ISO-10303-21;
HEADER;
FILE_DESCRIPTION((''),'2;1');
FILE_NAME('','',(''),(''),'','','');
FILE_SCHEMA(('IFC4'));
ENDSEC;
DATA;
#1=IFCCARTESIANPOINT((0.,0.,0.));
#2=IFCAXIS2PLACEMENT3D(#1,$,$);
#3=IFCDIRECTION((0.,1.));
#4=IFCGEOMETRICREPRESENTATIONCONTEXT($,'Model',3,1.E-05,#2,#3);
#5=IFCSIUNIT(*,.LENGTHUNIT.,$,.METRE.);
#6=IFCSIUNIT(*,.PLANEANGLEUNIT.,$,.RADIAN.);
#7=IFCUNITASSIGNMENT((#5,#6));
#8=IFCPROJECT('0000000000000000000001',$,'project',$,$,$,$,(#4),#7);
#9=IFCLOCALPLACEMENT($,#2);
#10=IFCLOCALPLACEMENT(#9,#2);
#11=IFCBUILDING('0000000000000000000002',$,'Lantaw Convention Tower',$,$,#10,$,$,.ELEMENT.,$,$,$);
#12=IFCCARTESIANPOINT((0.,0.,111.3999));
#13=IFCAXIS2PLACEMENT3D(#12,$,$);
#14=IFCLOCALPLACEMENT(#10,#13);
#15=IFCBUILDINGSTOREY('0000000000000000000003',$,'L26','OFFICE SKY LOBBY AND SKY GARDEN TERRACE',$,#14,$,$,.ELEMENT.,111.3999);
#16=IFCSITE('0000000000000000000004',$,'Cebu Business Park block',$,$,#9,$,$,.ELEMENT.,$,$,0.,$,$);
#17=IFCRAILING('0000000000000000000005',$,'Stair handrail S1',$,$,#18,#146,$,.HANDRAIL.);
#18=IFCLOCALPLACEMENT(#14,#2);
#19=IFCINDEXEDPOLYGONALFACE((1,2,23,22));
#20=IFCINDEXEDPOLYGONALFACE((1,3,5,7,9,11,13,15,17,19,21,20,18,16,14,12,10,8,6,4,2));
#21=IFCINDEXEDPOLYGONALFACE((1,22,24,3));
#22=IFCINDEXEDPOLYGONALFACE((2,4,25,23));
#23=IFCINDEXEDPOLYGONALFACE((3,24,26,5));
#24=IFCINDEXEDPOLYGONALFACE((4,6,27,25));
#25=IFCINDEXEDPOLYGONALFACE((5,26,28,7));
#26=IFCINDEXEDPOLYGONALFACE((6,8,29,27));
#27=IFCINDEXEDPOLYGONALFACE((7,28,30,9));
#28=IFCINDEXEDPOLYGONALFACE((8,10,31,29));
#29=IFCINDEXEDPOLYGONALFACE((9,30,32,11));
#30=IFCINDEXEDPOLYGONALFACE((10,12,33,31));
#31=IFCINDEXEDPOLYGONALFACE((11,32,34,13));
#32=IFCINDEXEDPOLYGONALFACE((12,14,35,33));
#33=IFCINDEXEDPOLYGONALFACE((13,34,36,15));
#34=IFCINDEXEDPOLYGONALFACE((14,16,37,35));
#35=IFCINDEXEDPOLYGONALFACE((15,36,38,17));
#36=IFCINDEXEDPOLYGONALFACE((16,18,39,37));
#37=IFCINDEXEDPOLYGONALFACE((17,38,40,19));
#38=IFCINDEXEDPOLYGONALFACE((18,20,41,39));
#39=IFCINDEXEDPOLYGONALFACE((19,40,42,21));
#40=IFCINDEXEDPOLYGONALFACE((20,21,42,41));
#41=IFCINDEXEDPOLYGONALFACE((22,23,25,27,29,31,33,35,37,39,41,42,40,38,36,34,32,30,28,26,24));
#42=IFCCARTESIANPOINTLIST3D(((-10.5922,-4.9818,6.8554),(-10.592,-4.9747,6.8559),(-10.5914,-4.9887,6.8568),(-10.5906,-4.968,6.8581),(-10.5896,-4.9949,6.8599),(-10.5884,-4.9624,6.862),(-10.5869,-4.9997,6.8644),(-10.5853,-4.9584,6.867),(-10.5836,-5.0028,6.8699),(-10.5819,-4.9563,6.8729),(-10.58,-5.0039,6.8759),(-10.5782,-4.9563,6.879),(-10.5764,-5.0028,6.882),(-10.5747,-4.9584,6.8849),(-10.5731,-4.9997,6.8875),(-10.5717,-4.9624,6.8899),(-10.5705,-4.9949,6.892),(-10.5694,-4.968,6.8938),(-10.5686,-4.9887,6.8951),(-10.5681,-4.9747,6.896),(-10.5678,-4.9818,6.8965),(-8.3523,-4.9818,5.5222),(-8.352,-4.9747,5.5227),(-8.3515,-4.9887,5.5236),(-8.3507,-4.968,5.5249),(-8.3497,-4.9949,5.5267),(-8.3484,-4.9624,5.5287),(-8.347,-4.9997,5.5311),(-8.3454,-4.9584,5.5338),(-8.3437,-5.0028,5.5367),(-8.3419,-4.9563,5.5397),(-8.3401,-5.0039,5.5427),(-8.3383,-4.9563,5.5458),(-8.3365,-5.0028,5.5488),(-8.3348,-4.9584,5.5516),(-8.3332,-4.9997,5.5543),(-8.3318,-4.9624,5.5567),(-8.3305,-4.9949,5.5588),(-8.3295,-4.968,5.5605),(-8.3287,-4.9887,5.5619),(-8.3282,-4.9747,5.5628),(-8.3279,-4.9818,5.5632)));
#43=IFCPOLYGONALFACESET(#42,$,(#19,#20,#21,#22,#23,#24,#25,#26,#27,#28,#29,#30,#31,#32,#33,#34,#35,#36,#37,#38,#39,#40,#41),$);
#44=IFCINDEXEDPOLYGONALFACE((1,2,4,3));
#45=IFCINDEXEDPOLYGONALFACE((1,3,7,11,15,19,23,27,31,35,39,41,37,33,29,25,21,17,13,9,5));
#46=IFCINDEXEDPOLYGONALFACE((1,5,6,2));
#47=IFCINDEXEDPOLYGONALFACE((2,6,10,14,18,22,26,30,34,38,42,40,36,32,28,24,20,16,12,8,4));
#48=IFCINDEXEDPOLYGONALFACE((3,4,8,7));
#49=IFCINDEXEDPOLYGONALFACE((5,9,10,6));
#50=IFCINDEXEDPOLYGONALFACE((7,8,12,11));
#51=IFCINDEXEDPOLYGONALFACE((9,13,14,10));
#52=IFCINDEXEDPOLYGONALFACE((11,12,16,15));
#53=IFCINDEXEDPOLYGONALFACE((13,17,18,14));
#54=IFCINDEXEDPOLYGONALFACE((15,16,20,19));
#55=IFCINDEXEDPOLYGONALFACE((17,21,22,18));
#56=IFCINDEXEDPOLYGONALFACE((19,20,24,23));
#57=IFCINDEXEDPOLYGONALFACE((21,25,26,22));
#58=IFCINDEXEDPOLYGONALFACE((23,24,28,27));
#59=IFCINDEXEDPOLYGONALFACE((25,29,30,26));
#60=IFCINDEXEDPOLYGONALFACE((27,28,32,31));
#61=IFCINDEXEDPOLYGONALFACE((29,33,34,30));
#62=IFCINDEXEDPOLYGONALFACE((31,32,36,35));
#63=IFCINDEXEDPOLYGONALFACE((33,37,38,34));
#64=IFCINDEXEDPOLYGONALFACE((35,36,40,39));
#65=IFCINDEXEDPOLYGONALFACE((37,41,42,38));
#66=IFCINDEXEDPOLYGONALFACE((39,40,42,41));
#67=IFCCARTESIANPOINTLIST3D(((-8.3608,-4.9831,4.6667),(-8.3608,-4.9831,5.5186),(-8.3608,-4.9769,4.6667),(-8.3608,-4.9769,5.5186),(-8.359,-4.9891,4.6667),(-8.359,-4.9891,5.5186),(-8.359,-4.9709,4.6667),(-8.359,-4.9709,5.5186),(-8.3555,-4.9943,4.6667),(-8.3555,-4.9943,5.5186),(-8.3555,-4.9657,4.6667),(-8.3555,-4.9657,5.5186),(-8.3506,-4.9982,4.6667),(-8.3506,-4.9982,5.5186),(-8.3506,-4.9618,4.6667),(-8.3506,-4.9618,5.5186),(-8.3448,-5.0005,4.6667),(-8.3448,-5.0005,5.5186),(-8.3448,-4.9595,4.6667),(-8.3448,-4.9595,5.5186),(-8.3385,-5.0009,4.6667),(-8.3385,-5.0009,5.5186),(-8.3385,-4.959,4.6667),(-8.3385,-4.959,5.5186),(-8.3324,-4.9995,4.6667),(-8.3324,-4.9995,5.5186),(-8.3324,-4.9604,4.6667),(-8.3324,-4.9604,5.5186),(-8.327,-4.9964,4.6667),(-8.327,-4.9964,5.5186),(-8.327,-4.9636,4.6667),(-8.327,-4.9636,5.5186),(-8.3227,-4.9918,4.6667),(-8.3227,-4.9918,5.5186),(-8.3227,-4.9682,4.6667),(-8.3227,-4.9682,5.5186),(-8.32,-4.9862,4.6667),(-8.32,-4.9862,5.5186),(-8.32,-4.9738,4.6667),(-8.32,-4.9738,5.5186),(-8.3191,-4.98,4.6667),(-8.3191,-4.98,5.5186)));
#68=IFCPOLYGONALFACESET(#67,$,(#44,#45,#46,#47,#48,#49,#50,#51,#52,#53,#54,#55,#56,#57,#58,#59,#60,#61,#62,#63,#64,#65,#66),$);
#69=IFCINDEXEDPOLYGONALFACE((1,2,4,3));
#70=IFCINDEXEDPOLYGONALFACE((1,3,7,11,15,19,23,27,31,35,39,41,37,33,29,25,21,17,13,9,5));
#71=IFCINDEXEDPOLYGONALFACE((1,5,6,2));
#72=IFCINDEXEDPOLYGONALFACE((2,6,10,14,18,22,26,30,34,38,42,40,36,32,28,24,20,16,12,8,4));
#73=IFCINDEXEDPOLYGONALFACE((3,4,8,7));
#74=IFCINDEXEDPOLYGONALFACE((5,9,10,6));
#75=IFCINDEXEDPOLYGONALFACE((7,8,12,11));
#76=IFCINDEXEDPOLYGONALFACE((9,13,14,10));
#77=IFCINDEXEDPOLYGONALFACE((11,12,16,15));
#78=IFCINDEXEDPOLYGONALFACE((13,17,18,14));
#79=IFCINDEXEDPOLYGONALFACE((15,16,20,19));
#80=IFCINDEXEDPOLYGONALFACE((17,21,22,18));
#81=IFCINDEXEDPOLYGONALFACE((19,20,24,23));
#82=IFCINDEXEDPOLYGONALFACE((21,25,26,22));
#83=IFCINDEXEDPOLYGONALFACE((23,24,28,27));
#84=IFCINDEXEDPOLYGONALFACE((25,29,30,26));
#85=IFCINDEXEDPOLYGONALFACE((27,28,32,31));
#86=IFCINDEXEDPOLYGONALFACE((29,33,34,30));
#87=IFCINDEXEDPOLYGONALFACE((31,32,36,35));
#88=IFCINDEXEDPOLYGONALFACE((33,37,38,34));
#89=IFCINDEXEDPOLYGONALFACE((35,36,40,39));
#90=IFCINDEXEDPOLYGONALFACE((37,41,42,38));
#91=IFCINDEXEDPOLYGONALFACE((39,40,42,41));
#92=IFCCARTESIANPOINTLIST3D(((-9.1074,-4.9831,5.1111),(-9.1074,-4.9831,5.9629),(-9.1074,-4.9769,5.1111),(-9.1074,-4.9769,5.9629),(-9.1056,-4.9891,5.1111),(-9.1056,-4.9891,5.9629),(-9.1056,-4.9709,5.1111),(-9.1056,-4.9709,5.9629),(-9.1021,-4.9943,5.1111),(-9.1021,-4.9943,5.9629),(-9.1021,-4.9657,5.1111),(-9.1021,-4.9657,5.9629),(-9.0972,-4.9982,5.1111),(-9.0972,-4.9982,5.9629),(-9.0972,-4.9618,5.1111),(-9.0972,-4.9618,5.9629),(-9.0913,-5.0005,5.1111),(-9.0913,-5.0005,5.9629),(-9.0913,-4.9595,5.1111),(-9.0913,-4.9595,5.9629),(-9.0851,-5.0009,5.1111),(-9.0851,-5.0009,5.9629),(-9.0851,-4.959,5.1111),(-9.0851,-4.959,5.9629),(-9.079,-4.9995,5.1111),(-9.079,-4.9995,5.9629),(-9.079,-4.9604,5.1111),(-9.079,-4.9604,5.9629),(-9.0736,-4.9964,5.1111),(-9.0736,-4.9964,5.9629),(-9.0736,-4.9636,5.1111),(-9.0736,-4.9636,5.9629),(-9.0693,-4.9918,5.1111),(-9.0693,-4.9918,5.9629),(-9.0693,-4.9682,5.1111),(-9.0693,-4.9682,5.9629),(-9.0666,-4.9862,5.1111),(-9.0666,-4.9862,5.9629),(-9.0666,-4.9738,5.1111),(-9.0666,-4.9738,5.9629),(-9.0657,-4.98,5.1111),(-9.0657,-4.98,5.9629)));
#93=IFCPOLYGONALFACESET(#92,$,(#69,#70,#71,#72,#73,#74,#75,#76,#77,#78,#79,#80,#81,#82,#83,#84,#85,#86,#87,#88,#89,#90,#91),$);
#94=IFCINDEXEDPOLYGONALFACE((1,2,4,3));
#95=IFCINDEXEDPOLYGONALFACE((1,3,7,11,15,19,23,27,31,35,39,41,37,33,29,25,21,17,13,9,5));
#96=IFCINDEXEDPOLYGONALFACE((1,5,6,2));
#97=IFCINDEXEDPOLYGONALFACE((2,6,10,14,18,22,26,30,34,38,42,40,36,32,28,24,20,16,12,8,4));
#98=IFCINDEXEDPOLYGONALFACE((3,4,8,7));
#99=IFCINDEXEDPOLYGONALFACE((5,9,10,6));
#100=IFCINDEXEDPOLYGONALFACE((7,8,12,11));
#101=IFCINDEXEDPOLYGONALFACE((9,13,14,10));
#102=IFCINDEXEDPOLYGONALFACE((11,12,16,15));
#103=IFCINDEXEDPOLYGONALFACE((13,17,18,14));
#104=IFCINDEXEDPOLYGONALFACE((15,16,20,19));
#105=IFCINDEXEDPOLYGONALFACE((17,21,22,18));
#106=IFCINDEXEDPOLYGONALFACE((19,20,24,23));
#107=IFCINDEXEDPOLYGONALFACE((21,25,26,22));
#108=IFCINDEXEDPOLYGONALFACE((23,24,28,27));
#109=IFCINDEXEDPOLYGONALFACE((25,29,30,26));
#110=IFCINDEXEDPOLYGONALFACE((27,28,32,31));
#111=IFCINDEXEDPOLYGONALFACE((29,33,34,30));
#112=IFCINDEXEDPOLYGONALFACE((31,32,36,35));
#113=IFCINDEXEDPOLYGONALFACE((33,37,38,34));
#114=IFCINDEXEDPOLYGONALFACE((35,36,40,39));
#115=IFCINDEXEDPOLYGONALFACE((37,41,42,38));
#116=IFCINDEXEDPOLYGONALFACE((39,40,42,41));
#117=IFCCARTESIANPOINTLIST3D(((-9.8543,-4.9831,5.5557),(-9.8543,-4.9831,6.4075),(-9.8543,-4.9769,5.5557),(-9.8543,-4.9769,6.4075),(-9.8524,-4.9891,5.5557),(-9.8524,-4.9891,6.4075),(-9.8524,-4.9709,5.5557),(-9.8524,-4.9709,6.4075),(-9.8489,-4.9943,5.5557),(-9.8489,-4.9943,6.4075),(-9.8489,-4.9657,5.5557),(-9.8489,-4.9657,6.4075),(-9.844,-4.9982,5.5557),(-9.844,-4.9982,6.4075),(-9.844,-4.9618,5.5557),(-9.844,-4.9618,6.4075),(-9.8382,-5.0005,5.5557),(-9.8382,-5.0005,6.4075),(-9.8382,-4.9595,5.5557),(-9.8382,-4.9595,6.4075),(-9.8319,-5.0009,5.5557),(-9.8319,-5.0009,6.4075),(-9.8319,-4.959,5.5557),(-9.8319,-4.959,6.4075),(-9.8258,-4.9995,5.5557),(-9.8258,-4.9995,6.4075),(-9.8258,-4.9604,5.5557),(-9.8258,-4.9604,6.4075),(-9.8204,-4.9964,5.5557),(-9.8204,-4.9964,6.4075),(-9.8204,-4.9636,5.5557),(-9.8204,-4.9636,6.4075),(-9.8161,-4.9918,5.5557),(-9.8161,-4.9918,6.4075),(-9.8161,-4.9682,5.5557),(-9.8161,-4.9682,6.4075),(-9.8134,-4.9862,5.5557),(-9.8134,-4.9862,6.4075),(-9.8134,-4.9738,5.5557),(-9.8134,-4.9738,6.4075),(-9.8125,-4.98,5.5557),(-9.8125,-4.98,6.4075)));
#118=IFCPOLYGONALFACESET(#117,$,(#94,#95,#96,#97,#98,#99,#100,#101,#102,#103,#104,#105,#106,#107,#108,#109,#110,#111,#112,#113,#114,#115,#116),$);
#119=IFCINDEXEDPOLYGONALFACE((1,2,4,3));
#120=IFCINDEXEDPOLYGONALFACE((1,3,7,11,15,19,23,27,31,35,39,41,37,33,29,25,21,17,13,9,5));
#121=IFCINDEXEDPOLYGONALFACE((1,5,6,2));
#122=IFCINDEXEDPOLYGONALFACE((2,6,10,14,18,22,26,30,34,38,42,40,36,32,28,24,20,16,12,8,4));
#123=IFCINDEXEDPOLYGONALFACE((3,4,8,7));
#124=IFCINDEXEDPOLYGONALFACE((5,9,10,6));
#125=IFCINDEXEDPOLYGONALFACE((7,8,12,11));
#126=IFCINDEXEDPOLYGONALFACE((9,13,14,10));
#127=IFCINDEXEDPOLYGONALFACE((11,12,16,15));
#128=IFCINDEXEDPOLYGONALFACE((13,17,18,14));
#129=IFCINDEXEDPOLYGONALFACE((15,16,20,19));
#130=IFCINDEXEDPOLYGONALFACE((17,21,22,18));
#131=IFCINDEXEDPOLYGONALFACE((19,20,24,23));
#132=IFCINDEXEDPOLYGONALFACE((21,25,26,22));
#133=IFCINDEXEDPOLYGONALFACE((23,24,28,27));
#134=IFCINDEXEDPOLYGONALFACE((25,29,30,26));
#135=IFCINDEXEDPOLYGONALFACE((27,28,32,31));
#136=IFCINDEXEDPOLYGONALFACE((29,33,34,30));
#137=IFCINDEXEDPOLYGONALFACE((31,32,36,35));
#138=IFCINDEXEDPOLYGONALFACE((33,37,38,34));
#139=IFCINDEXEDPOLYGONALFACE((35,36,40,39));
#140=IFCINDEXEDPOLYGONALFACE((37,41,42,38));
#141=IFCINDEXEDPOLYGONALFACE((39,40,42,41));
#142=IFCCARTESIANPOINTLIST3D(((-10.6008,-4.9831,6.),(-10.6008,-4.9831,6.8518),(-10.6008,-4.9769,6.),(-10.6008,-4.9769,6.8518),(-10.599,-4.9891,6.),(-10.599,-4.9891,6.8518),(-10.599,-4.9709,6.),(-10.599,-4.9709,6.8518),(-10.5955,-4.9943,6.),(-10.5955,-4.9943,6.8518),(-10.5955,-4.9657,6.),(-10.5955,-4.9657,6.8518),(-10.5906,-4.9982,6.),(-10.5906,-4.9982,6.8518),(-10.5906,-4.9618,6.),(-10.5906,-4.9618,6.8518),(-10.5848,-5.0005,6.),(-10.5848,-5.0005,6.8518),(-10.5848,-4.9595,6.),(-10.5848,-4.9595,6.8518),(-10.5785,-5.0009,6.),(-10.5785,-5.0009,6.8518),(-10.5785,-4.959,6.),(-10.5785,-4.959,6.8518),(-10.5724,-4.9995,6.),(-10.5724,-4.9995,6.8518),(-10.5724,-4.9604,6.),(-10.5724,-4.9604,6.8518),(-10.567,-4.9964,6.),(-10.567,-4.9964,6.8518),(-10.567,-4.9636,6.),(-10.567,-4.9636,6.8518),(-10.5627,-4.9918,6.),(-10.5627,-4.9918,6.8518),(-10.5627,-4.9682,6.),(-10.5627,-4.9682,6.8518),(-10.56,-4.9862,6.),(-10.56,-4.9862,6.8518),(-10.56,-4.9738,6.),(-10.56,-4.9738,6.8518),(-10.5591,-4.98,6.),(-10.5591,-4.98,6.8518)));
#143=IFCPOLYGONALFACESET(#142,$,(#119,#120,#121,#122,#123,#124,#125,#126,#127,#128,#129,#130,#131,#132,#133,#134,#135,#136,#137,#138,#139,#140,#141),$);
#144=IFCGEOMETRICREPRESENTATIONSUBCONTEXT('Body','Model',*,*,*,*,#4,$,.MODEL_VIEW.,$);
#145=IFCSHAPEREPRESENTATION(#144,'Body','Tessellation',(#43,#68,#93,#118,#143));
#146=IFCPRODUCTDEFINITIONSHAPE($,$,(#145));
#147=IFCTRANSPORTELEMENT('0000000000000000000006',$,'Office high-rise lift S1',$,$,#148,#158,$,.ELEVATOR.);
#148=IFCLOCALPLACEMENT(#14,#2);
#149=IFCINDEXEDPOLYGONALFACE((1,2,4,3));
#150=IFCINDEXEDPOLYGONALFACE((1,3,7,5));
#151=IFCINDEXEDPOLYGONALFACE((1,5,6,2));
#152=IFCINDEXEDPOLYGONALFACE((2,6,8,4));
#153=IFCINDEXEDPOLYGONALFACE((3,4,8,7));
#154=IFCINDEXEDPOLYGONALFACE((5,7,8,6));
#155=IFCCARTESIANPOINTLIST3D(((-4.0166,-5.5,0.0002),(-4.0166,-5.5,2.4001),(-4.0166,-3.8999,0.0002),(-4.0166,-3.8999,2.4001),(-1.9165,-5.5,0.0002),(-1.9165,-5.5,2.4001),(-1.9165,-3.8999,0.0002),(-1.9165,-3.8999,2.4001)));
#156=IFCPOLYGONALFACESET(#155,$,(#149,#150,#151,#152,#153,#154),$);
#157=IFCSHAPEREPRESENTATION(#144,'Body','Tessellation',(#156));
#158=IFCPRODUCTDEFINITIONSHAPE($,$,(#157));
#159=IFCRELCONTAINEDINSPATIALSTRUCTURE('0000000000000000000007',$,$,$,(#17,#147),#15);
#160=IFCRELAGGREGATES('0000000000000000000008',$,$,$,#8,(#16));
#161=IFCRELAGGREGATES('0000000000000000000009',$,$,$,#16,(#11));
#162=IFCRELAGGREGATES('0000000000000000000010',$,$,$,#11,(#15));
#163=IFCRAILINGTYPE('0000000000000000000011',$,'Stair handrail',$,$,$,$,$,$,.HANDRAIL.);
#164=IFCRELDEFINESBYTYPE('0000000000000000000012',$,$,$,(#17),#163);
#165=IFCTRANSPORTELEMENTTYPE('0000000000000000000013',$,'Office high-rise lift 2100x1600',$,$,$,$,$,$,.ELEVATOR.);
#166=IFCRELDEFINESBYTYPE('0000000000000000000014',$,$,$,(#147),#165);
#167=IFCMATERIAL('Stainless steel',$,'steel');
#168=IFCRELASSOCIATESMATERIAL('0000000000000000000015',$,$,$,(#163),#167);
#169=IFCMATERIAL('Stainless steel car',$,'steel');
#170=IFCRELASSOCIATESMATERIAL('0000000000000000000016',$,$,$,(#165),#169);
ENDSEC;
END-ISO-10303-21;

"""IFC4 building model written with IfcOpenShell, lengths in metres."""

from ifc_helpers import new_model, si_unit, direction, frame, origin, origin_2d, place, context, subcontext, project, spatial, rectangle, circle, extrude, material, type_object, element, save


model = new_model("IFC4")

# Units and contexts
model_context = context("Model", 3, precision=1e-05, world=origin(), true_north=direction((0.0, 1.0)))
body_context = subcontext(model_context, "Body", "Model", "MODEL_VIEW")
ifc_project = project(units=[si_unit("LENGTHUNIT", "METRE"), si_unit("PLANEANGLEUNIT", "RADIAN")], contexts=[model_context])

# Site, building, storey
site_placement = place(None, origin())
site = spatial("IfcSite", under=ifc_project, at=site_placement, Name="Cebu Business Park block", CompositionType="ELEMENT", RefElevation=0.0)
building_placement = place(site_placement, origin())
building = spatial("IfcBuilding", under=site, at=building_placement, Name="Lantaw Convention Tower", CompositionType="ELEMENT")
storey_placement = place(building_placement, frame((0.0, 0.0, 111.3999)))
storey = spatial("IfcBuildingStorey", under=building, at=storey_placement, Name="L26", Description="OFFICE SKY LOBBY AND SKY GARDEN TERRACE", CompositionType="ELEMENT", Elevation=111.3999)

# Shared definitions
ifc_material_1 = material(Name="Stainless steel", Category="steel")

# Railing
railing_type = type_object("IfcRailingType", Name="Stair handrail", PredefinedType="HANDRAIL", material=ifc_material_1)
railing_1_placement = place(storey_placement, frame((-8.3401, -4.98, 4.6667)))
element("IfcRailing", 1, at=railing_1_placement, inside=storey, type_object=railing_type, Name="Stair handrail S1", PredefinedType="HANDRAIL", context=body_context, shape_type="SweptSolid", body=[
    extrude(circle(Radius=0.0239, at=origin_2d()), frame((0.0, 0.0, 0.876), z_axis=(-0.859306, 0.0, 0.511462), x_axis=(0.0, -1.0, 0.0)), (0.0, 0.0, 1.0), 2.6067),
    extrude(circle(Radius=0.021, at=origin_2d()), origin(), (0.0, 0.0, 1.0), 0.8518),
    extrude(circle(Radius=0.021, at=origin_2d()), frame((-0.7466, 0.0, 0.4443)), (0.0, 0.0, 1.0), 0.8518),
    extrude(circle(Radius=0.021, at=origin_2d()), frame((-1.4934, 0.0, 0.8889)), (0.0, 0.0, 1.0), 0.8518),
    extrude(circle(Radius=0.021, at=origin_2d()), frame((-2.24, 0.0, 1.3333)), (0.0, 0.0, 1.0), 0.8518),
])

# Transport element
ifc_material_2 = material(Name="Stainless steel car", Category="steel")
transport_element_type = type_object("IfcTransportElementType", Name="Office high-rise lift 2100x1600", PredefinedType="ELEVATOR", material=ifc_material_2)
transport_element_placement = place(storey_placement, frame((-2.9666, -4.7, 0.0002), z_axis=(0.0, 0.0, 1.0), x_axis=(1.0, 0.0, 0.0)))
element("IfcTransportElement", 2, at=transport_element_placement, inside=storey, type_object=transport_element_type, Name="Office high-rise lift S1", PredefinedType="ELEVATOR", context=body_context, shape_type="SweptSolid", body=[
    extrude(rectangle(XDim=2.1001, YDim=1.6001, at=origin_2d()), origin(), (0.0, 0.0, 1.0), 2.3999),
])

save(model, "model.ifc")
